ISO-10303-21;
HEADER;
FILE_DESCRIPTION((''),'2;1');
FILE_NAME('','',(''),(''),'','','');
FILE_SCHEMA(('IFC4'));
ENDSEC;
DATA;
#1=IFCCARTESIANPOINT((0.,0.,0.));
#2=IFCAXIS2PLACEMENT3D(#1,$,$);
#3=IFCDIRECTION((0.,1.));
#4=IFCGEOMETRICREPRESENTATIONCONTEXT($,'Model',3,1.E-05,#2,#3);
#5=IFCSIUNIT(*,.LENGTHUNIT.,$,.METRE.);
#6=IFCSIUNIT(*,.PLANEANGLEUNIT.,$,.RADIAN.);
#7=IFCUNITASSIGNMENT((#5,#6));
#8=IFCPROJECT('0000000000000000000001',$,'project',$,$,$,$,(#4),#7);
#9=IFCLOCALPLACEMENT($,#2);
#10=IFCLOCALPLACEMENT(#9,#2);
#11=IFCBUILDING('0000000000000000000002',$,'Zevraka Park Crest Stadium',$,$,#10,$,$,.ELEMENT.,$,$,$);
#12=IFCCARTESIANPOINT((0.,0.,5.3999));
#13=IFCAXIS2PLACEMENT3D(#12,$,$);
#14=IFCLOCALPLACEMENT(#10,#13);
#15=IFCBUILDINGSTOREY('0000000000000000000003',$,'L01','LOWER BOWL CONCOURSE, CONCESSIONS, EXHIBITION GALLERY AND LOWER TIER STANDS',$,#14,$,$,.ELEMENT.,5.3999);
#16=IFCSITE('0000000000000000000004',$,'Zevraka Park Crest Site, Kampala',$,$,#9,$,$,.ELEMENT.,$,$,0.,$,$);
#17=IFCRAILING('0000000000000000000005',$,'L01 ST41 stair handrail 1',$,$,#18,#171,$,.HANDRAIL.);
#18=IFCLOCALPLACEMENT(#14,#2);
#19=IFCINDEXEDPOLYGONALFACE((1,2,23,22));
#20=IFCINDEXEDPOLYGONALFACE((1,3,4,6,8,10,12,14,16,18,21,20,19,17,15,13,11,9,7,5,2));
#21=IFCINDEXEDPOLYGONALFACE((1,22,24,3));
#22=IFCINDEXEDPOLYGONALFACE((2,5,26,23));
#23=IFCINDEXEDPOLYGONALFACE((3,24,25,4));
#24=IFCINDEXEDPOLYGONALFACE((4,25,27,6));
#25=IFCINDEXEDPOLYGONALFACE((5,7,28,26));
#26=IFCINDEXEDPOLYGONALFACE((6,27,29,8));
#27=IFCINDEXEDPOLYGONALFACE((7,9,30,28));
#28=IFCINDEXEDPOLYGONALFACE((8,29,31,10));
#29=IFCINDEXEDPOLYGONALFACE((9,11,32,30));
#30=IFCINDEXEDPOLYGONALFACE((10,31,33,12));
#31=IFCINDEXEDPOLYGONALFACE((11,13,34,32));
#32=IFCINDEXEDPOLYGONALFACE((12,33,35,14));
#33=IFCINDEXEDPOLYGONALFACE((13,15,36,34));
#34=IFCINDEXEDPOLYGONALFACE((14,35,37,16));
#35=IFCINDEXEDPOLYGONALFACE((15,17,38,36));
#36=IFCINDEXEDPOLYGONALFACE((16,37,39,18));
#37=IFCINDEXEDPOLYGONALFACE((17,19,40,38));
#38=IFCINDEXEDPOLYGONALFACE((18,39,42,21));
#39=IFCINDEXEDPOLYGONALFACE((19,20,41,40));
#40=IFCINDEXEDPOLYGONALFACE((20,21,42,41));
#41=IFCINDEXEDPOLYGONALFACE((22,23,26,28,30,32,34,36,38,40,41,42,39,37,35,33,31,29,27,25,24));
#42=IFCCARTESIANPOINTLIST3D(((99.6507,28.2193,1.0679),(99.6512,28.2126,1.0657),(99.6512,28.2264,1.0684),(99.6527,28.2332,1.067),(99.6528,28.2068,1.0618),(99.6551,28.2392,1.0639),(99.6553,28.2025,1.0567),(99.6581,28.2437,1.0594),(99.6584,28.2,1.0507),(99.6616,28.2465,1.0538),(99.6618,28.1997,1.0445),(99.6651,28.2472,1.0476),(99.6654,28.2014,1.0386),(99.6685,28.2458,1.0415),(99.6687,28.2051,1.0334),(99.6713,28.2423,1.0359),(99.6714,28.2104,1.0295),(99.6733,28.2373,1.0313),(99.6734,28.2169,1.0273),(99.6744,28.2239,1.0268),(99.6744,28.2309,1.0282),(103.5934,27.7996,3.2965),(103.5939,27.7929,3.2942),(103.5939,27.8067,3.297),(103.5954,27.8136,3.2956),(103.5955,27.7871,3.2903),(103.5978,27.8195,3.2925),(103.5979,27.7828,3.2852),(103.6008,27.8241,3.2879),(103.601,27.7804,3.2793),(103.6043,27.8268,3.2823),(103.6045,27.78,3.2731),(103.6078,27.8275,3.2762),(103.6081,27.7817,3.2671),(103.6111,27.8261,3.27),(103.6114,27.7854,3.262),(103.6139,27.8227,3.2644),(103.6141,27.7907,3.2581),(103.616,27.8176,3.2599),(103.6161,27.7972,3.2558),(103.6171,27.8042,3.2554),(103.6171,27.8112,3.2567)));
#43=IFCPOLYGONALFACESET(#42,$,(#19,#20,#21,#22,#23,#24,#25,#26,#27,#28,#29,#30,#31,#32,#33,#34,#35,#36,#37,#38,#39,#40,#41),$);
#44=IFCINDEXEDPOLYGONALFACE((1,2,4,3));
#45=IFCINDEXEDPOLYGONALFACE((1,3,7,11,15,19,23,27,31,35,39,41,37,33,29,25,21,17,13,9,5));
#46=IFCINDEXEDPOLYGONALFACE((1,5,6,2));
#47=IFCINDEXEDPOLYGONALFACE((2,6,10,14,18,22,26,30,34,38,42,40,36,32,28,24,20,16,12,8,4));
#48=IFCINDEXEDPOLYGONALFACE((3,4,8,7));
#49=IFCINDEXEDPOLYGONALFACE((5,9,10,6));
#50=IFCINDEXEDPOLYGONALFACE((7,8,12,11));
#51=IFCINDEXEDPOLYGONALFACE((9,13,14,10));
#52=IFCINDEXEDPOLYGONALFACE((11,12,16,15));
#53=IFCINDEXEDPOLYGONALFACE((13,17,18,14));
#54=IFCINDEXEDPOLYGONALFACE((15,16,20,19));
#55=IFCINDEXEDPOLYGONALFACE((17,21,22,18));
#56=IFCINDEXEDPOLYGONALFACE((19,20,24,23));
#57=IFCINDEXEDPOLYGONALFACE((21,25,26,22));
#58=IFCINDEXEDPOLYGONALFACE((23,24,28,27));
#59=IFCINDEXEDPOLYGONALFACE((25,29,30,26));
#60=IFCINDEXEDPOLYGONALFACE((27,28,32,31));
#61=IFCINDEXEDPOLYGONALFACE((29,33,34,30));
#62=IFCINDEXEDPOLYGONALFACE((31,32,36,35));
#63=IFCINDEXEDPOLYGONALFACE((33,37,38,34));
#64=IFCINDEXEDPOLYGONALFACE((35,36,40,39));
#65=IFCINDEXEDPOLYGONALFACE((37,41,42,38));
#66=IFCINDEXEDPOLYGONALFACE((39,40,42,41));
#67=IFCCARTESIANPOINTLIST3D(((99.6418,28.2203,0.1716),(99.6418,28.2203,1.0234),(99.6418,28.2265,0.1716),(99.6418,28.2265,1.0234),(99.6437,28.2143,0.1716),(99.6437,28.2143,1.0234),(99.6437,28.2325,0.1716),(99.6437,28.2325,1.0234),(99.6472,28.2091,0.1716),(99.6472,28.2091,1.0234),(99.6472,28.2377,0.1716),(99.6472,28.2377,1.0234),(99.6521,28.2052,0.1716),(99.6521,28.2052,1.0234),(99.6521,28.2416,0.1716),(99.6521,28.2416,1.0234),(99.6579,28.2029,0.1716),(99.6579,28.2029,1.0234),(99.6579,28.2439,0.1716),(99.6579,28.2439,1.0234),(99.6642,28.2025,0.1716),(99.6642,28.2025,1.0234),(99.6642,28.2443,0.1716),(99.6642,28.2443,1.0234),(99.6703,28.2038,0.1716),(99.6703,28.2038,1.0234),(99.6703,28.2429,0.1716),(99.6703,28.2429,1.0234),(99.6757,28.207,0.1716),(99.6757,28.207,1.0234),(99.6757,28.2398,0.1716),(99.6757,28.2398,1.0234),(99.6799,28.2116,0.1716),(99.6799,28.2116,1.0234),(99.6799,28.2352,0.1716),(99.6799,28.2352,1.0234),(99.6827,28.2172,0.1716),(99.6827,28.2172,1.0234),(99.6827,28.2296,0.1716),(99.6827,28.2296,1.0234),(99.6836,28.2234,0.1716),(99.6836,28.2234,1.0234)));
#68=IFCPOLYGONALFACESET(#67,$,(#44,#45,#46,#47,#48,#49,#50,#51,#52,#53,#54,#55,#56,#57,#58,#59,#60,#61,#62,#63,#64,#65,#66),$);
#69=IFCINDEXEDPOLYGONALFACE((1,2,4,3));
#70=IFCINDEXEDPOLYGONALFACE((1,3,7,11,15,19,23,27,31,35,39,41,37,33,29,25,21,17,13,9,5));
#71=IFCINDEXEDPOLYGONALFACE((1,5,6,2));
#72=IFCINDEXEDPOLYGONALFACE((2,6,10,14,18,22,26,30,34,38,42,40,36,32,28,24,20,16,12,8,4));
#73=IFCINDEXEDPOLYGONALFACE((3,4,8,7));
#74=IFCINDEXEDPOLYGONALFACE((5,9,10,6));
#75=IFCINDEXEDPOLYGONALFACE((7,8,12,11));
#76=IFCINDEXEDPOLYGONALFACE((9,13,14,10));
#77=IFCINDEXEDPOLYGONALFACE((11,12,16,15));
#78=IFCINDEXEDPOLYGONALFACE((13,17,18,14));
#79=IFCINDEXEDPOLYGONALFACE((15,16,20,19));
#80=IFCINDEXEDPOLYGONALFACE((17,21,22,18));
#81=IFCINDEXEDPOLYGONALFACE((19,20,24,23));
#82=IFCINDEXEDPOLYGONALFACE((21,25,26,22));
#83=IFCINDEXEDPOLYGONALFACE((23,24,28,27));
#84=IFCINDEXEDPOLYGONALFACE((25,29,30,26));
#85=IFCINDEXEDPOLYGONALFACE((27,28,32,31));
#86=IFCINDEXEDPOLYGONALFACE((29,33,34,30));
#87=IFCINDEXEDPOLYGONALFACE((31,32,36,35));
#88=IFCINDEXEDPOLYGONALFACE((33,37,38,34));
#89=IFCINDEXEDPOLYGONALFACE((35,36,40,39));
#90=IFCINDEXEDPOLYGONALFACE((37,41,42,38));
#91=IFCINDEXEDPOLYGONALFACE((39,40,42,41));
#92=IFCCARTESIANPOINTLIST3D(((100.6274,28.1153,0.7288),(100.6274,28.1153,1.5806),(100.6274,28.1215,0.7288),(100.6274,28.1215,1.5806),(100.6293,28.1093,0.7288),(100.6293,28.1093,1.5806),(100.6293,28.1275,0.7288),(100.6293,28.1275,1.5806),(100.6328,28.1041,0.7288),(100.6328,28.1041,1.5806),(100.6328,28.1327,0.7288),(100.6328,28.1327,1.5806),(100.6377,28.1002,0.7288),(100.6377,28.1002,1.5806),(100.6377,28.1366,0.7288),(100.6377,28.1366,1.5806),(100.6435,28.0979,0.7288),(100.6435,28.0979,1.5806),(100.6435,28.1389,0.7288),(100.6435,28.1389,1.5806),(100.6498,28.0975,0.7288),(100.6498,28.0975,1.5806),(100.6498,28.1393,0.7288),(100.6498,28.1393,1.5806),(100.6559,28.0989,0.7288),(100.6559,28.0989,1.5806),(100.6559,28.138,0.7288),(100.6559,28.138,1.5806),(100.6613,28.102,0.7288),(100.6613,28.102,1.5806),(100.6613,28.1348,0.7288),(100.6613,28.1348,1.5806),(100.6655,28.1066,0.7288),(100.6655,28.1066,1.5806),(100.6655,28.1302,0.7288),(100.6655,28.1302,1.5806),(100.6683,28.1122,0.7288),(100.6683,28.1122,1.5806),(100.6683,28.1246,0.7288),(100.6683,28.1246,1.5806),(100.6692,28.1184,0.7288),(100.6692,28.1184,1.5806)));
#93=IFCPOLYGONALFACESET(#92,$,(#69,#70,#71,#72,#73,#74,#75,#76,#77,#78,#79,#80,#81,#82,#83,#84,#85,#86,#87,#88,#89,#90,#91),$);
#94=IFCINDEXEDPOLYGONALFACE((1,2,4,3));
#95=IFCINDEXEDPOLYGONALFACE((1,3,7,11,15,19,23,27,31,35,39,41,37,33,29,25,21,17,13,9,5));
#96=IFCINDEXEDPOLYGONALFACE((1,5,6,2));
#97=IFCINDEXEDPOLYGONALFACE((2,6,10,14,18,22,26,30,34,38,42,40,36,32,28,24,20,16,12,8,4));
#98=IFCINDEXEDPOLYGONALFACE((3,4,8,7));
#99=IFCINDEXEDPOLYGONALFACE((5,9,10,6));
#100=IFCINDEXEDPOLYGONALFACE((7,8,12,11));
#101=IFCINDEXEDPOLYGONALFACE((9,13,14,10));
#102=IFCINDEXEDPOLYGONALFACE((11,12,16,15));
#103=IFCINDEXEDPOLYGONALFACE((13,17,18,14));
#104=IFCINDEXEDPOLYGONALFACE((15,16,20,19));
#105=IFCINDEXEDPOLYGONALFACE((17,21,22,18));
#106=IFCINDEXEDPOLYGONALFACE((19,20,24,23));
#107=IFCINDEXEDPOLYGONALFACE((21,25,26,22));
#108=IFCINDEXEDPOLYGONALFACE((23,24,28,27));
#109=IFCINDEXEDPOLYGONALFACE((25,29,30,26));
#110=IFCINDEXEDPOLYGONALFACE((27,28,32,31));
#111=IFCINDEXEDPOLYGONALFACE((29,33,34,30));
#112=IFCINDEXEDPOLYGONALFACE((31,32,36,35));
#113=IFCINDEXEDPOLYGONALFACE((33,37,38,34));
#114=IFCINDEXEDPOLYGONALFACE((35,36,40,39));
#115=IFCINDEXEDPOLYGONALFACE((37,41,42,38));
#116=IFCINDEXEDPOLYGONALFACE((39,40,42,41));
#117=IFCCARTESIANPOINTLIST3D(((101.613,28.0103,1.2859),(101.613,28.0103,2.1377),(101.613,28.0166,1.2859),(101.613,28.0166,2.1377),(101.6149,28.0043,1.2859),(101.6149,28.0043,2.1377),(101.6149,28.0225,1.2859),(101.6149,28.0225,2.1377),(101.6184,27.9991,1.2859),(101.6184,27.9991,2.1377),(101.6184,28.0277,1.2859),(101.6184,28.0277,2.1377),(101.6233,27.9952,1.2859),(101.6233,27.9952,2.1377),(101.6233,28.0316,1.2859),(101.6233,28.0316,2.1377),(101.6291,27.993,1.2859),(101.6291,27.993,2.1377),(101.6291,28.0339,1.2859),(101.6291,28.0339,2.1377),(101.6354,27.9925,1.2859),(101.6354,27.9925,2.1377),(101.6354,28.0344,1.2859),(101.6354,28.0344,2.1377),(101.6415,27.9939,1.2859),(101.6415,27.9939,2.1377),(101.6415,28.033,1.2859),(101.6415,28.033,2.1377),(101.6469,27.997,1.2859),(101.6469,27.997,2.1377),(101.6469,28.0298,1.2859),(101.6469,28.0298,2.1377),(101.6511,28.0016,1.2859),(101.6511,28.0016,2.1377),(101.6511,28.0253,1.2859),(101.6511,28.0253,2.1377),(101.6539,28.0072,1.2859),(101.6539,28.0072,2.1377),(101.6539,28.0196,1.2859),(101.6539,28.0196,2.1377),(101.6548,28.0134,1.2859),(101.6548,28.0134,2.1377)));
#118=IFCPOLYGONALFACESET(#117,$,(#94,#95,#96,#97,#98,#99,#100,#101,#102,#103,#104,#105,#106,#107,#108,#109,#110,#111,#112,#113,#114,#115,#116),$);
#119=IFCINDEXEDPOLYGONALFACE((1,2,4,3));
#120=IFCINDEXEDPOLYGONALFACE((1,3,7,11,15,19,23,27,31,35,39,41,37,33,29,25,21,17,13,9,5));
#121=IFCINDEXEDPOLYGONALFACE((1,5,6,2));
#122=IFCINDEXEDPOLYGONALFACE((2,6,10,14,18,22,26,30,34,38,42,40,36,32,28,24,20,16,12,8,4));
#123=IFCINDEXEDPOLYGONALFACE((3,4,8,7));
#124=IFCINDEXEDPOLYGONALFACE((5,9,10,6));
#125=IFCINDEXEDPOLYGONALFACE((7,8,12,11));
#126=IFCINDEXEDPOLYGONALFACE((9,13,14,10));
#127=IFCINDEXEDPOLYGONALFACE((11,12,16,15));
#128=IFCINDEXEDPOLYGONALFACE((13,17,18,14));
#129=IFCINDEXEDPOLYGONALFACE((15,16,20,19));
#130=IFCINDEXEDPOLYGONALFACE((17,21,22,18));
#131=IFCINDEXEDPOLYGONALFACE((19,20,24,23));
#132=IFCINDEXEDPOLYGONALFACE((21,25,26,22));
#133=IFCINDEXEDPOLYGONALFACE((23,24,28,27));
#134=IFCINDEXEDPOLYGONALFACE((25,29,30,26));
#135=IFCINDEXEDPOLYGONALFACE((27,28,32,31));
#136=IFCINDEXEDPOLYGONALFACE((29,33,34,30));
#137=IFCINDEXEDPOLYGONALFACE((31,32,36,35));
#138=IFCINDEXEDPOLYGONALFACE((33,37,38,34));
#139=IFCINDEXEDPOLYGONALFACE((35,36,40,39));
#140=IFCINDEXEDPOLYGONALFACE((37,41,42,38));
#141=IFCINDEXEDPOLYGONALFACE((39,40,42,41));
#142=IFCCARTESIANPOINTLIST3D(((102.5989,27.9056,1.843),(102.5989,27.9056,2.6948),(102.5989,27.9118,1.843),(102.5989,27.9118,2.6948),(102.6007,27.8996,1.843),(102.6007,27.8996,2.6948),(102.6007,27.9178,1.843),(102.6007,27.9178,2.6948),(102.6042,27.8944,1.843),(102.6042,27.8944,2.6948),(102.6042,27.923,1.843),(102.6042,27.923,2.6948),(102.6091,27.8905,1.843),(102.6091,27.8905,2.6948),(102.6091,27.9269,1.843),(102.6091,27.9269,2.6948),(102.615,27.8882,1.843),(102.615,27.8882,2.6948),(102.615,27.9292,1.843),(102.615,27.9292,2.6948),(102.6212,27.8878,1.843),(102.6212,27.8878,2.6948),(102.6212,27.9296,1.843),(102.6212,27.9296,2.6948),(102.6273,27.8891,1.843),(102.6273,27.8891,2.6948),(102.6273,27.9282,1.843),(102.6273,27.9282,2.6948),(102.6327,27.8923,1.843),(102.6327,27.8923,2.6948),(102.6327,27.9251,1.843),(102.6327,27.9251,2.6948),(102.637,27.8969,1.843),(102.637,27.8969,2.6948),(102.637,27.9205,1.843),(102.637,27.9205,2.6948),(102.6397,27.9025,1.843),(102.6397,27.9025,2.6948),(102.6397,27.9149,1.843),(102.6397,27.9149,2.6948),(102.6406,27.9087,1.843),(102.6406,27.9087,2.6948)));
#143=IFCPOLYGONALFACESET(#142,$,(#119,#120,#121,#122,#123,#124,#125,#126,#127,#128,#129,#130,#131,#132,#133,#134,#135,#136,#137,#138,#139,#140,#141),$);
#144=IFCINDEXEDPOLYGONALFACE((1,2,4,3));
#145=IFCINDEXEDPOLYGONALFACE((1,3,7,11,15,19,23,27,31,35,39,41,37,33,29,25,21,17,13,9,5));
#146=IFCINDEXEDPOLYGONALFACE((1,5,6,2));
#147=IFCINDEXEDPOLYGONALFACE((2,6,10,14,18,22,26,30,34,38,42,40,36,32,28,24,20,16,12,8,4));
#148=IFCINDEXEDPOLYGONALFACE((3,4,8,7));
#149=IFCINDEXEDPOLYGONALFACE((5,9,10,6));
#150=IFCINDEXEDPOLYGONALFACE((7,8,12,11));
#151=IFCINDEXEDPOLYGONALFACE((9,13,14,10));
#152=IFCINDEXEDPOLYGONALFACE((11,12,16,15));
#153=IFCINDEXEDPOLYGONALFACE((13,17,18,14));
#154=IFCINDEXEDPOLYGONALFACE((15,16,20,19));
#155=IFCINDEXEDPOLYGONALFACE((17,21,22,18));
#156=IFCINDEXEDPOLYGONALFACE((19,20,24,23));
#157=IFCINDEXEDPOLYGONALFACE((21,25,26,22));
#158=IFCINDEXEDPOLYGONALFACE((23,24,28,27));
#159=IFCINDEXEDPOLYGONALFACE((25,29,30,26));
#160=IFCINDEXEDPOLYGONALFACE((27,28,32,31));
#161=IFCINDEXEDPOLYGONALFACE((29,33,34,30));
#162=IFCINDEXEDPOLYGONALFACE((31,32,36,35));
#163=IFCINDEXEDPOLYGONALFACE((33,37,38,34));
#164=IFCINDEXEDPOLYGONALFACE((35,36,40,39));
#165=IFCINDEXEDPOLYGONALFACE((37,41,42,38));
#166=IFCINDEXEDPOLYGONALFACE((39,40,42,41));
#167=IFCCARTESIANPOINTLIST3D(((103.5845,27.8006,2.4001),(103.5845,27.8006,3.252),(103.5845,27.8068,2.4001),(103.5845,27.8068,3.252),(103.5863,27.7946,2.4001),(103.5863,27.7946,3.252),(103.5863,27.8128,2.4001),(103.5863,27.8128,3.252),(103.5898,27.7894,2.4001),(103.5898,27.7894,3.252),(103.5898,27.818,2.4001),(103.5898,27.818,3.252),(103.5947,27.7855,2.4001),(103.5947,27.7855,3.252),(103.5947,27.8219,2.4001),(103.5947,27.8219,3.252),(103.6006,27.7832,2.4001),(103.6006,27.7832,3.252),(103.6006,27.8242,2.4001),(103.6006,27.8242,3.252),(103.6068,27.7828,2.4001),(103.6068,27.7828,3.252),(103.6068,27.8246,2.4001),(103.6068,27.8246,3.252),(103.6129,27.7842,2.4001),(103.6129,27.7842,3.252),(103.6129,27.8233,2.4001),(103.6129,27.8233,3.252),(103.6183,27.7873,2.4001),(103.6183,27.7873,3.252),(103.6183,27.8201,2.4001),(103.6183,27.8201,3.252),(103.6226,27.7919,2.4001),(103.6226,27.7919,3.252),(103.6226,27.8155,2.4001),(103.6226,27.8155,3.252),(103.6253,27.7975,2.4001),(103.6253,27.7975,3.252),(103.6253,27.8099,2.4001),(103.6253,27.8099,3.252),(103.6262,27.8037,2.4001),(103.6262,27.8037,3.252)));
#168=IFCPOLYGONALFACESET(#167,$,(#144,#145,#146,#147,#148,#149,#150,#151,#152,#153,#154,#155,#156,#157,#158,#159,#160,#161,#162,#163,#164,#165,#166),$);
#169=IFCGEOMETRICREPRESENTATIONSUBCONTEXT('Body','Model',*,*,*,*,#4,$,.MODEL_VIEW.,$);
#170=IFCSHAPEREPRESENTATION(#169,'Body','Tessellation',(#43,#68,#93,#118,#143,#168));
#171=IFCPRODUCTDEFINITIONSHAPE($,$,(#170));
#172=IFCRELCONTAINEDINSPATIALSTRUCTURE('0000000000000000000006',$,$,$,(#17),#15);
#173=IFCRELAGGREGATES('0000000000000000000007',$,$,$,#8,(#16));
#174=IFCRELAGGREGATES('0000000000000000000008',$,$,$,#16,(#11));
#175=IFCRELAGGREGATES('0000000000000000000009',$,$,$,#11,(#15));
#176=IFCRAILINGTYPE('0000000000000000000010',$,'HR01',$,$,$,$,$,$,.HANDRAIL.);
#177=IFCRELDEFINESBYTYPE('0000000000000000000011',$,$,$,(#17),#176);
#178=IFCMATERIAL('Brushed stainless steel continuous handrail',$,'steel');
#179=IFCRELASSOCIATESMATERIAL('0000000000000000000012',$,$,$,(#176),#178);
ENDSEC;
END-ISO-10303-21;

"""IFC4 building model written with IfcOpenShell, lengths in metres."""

from ifc_helpers import new_model, si_unit, direction, frame, origin, origin_2d, place, context, subcontext, project, spatial, circle, extrude, material, type_object, element, save


model = new_model("IFC4")

# Units and contexts
model_context = context("Model", 3, precision=1e-05, world=origin(), true_north=direction((0.0, 1.0)))
body_context = subcontext(model_context, "Body", "Model", "MODEL_VIEW")
ifc_project = project(units=[si_unit("LENGTHUNIT", "METRE"), si_unit("PLANEANGLEUNIT", "RADIAN")], contexts=[model_context])

# Site, building, storey
site_placement = place(None, origin())
site = spatial("IfcSite", under=ifc_project, at=site_placement, Name="Zevraka Park Crest Site, Kampala", CompositionType="ELEMENT", RefElevation=0.0)
building_placement = place(site_placement, origin())
building = spatial("IfcBuilding", under=site, at=building_placement, Name="Zevraka Park Crest Stadium", CompositionType="ELEMENT")
storey_placement = place(building_placement, frame((0.0, 0.0, 5.3999)))
storey = spatial("IfcBuildingStorey", under=building, at=storey_placement, Name="L01", Description="LOWER BOWL CONCOURSE, CONCESSIONS, EXHIBITION GALLERY AND LOWER TIER STANDS", CompositionType="ELEMENT", Elevation=5.3999)

# Railing
ifc_material_1 = material(Name="Brushed stainless steel continuous handrail", Category="steel")
railing_type_1 = type_object("IfcRailingType", Name="HR01", PredefinedType="HANDRAIL", material=ifc_material_1)
railing_1_placement = place(storey_placement, frame((99.6626, 28.2234, 0.1716)))
element("IfcRailing", 1, at=railing_1_placement, inside=storey, type_object=railing_type_1, Name="L01 ST41 stair handrail 1", PredefinedType="HANDRAIL", context=body_context, shape_type="SweptSolid", body=[
    extrude(circle(Radius=0.0239, at=origin_2d()), frame((0.0, 0.0, 0.876), z_axis=(0.866842, -0.092272, 0.48997), x_axis=(0.105848, 0.994382, 0.0)), (0.0, 0.0, 1.0), 4.5483),
    extrude(circle(Radius=0.021, at=origin_2d()), origin(), (0.0, 0.0, 1.0), 0.8518),
    extrude(circle(Radius=0.021, at=origin_2d()), frame((0.9856, -0.105, 0.5571)), (0.0, 0.0, 1.0), 0.8518),
    extrude(circle(Radius=0.021, at=origin_2d()), frame((1.9712, -0.21, 1.1143)), (0.0, 0.0, 1.0), 0.8518),
    extrude(circle(Radius=0.021, at=origin_2d()), frame((2.957, -0.3147, 1.6714)), (0.0, 0.0, 1.0), 0.8518),
    extrude(circle(Radius=0.021, at=origin_2d()), frame((3.9426, -0.4197, 2.2285)), (0.0, 0.0, 1.0), 0.8518),
])

save(model, "model.ifc")
